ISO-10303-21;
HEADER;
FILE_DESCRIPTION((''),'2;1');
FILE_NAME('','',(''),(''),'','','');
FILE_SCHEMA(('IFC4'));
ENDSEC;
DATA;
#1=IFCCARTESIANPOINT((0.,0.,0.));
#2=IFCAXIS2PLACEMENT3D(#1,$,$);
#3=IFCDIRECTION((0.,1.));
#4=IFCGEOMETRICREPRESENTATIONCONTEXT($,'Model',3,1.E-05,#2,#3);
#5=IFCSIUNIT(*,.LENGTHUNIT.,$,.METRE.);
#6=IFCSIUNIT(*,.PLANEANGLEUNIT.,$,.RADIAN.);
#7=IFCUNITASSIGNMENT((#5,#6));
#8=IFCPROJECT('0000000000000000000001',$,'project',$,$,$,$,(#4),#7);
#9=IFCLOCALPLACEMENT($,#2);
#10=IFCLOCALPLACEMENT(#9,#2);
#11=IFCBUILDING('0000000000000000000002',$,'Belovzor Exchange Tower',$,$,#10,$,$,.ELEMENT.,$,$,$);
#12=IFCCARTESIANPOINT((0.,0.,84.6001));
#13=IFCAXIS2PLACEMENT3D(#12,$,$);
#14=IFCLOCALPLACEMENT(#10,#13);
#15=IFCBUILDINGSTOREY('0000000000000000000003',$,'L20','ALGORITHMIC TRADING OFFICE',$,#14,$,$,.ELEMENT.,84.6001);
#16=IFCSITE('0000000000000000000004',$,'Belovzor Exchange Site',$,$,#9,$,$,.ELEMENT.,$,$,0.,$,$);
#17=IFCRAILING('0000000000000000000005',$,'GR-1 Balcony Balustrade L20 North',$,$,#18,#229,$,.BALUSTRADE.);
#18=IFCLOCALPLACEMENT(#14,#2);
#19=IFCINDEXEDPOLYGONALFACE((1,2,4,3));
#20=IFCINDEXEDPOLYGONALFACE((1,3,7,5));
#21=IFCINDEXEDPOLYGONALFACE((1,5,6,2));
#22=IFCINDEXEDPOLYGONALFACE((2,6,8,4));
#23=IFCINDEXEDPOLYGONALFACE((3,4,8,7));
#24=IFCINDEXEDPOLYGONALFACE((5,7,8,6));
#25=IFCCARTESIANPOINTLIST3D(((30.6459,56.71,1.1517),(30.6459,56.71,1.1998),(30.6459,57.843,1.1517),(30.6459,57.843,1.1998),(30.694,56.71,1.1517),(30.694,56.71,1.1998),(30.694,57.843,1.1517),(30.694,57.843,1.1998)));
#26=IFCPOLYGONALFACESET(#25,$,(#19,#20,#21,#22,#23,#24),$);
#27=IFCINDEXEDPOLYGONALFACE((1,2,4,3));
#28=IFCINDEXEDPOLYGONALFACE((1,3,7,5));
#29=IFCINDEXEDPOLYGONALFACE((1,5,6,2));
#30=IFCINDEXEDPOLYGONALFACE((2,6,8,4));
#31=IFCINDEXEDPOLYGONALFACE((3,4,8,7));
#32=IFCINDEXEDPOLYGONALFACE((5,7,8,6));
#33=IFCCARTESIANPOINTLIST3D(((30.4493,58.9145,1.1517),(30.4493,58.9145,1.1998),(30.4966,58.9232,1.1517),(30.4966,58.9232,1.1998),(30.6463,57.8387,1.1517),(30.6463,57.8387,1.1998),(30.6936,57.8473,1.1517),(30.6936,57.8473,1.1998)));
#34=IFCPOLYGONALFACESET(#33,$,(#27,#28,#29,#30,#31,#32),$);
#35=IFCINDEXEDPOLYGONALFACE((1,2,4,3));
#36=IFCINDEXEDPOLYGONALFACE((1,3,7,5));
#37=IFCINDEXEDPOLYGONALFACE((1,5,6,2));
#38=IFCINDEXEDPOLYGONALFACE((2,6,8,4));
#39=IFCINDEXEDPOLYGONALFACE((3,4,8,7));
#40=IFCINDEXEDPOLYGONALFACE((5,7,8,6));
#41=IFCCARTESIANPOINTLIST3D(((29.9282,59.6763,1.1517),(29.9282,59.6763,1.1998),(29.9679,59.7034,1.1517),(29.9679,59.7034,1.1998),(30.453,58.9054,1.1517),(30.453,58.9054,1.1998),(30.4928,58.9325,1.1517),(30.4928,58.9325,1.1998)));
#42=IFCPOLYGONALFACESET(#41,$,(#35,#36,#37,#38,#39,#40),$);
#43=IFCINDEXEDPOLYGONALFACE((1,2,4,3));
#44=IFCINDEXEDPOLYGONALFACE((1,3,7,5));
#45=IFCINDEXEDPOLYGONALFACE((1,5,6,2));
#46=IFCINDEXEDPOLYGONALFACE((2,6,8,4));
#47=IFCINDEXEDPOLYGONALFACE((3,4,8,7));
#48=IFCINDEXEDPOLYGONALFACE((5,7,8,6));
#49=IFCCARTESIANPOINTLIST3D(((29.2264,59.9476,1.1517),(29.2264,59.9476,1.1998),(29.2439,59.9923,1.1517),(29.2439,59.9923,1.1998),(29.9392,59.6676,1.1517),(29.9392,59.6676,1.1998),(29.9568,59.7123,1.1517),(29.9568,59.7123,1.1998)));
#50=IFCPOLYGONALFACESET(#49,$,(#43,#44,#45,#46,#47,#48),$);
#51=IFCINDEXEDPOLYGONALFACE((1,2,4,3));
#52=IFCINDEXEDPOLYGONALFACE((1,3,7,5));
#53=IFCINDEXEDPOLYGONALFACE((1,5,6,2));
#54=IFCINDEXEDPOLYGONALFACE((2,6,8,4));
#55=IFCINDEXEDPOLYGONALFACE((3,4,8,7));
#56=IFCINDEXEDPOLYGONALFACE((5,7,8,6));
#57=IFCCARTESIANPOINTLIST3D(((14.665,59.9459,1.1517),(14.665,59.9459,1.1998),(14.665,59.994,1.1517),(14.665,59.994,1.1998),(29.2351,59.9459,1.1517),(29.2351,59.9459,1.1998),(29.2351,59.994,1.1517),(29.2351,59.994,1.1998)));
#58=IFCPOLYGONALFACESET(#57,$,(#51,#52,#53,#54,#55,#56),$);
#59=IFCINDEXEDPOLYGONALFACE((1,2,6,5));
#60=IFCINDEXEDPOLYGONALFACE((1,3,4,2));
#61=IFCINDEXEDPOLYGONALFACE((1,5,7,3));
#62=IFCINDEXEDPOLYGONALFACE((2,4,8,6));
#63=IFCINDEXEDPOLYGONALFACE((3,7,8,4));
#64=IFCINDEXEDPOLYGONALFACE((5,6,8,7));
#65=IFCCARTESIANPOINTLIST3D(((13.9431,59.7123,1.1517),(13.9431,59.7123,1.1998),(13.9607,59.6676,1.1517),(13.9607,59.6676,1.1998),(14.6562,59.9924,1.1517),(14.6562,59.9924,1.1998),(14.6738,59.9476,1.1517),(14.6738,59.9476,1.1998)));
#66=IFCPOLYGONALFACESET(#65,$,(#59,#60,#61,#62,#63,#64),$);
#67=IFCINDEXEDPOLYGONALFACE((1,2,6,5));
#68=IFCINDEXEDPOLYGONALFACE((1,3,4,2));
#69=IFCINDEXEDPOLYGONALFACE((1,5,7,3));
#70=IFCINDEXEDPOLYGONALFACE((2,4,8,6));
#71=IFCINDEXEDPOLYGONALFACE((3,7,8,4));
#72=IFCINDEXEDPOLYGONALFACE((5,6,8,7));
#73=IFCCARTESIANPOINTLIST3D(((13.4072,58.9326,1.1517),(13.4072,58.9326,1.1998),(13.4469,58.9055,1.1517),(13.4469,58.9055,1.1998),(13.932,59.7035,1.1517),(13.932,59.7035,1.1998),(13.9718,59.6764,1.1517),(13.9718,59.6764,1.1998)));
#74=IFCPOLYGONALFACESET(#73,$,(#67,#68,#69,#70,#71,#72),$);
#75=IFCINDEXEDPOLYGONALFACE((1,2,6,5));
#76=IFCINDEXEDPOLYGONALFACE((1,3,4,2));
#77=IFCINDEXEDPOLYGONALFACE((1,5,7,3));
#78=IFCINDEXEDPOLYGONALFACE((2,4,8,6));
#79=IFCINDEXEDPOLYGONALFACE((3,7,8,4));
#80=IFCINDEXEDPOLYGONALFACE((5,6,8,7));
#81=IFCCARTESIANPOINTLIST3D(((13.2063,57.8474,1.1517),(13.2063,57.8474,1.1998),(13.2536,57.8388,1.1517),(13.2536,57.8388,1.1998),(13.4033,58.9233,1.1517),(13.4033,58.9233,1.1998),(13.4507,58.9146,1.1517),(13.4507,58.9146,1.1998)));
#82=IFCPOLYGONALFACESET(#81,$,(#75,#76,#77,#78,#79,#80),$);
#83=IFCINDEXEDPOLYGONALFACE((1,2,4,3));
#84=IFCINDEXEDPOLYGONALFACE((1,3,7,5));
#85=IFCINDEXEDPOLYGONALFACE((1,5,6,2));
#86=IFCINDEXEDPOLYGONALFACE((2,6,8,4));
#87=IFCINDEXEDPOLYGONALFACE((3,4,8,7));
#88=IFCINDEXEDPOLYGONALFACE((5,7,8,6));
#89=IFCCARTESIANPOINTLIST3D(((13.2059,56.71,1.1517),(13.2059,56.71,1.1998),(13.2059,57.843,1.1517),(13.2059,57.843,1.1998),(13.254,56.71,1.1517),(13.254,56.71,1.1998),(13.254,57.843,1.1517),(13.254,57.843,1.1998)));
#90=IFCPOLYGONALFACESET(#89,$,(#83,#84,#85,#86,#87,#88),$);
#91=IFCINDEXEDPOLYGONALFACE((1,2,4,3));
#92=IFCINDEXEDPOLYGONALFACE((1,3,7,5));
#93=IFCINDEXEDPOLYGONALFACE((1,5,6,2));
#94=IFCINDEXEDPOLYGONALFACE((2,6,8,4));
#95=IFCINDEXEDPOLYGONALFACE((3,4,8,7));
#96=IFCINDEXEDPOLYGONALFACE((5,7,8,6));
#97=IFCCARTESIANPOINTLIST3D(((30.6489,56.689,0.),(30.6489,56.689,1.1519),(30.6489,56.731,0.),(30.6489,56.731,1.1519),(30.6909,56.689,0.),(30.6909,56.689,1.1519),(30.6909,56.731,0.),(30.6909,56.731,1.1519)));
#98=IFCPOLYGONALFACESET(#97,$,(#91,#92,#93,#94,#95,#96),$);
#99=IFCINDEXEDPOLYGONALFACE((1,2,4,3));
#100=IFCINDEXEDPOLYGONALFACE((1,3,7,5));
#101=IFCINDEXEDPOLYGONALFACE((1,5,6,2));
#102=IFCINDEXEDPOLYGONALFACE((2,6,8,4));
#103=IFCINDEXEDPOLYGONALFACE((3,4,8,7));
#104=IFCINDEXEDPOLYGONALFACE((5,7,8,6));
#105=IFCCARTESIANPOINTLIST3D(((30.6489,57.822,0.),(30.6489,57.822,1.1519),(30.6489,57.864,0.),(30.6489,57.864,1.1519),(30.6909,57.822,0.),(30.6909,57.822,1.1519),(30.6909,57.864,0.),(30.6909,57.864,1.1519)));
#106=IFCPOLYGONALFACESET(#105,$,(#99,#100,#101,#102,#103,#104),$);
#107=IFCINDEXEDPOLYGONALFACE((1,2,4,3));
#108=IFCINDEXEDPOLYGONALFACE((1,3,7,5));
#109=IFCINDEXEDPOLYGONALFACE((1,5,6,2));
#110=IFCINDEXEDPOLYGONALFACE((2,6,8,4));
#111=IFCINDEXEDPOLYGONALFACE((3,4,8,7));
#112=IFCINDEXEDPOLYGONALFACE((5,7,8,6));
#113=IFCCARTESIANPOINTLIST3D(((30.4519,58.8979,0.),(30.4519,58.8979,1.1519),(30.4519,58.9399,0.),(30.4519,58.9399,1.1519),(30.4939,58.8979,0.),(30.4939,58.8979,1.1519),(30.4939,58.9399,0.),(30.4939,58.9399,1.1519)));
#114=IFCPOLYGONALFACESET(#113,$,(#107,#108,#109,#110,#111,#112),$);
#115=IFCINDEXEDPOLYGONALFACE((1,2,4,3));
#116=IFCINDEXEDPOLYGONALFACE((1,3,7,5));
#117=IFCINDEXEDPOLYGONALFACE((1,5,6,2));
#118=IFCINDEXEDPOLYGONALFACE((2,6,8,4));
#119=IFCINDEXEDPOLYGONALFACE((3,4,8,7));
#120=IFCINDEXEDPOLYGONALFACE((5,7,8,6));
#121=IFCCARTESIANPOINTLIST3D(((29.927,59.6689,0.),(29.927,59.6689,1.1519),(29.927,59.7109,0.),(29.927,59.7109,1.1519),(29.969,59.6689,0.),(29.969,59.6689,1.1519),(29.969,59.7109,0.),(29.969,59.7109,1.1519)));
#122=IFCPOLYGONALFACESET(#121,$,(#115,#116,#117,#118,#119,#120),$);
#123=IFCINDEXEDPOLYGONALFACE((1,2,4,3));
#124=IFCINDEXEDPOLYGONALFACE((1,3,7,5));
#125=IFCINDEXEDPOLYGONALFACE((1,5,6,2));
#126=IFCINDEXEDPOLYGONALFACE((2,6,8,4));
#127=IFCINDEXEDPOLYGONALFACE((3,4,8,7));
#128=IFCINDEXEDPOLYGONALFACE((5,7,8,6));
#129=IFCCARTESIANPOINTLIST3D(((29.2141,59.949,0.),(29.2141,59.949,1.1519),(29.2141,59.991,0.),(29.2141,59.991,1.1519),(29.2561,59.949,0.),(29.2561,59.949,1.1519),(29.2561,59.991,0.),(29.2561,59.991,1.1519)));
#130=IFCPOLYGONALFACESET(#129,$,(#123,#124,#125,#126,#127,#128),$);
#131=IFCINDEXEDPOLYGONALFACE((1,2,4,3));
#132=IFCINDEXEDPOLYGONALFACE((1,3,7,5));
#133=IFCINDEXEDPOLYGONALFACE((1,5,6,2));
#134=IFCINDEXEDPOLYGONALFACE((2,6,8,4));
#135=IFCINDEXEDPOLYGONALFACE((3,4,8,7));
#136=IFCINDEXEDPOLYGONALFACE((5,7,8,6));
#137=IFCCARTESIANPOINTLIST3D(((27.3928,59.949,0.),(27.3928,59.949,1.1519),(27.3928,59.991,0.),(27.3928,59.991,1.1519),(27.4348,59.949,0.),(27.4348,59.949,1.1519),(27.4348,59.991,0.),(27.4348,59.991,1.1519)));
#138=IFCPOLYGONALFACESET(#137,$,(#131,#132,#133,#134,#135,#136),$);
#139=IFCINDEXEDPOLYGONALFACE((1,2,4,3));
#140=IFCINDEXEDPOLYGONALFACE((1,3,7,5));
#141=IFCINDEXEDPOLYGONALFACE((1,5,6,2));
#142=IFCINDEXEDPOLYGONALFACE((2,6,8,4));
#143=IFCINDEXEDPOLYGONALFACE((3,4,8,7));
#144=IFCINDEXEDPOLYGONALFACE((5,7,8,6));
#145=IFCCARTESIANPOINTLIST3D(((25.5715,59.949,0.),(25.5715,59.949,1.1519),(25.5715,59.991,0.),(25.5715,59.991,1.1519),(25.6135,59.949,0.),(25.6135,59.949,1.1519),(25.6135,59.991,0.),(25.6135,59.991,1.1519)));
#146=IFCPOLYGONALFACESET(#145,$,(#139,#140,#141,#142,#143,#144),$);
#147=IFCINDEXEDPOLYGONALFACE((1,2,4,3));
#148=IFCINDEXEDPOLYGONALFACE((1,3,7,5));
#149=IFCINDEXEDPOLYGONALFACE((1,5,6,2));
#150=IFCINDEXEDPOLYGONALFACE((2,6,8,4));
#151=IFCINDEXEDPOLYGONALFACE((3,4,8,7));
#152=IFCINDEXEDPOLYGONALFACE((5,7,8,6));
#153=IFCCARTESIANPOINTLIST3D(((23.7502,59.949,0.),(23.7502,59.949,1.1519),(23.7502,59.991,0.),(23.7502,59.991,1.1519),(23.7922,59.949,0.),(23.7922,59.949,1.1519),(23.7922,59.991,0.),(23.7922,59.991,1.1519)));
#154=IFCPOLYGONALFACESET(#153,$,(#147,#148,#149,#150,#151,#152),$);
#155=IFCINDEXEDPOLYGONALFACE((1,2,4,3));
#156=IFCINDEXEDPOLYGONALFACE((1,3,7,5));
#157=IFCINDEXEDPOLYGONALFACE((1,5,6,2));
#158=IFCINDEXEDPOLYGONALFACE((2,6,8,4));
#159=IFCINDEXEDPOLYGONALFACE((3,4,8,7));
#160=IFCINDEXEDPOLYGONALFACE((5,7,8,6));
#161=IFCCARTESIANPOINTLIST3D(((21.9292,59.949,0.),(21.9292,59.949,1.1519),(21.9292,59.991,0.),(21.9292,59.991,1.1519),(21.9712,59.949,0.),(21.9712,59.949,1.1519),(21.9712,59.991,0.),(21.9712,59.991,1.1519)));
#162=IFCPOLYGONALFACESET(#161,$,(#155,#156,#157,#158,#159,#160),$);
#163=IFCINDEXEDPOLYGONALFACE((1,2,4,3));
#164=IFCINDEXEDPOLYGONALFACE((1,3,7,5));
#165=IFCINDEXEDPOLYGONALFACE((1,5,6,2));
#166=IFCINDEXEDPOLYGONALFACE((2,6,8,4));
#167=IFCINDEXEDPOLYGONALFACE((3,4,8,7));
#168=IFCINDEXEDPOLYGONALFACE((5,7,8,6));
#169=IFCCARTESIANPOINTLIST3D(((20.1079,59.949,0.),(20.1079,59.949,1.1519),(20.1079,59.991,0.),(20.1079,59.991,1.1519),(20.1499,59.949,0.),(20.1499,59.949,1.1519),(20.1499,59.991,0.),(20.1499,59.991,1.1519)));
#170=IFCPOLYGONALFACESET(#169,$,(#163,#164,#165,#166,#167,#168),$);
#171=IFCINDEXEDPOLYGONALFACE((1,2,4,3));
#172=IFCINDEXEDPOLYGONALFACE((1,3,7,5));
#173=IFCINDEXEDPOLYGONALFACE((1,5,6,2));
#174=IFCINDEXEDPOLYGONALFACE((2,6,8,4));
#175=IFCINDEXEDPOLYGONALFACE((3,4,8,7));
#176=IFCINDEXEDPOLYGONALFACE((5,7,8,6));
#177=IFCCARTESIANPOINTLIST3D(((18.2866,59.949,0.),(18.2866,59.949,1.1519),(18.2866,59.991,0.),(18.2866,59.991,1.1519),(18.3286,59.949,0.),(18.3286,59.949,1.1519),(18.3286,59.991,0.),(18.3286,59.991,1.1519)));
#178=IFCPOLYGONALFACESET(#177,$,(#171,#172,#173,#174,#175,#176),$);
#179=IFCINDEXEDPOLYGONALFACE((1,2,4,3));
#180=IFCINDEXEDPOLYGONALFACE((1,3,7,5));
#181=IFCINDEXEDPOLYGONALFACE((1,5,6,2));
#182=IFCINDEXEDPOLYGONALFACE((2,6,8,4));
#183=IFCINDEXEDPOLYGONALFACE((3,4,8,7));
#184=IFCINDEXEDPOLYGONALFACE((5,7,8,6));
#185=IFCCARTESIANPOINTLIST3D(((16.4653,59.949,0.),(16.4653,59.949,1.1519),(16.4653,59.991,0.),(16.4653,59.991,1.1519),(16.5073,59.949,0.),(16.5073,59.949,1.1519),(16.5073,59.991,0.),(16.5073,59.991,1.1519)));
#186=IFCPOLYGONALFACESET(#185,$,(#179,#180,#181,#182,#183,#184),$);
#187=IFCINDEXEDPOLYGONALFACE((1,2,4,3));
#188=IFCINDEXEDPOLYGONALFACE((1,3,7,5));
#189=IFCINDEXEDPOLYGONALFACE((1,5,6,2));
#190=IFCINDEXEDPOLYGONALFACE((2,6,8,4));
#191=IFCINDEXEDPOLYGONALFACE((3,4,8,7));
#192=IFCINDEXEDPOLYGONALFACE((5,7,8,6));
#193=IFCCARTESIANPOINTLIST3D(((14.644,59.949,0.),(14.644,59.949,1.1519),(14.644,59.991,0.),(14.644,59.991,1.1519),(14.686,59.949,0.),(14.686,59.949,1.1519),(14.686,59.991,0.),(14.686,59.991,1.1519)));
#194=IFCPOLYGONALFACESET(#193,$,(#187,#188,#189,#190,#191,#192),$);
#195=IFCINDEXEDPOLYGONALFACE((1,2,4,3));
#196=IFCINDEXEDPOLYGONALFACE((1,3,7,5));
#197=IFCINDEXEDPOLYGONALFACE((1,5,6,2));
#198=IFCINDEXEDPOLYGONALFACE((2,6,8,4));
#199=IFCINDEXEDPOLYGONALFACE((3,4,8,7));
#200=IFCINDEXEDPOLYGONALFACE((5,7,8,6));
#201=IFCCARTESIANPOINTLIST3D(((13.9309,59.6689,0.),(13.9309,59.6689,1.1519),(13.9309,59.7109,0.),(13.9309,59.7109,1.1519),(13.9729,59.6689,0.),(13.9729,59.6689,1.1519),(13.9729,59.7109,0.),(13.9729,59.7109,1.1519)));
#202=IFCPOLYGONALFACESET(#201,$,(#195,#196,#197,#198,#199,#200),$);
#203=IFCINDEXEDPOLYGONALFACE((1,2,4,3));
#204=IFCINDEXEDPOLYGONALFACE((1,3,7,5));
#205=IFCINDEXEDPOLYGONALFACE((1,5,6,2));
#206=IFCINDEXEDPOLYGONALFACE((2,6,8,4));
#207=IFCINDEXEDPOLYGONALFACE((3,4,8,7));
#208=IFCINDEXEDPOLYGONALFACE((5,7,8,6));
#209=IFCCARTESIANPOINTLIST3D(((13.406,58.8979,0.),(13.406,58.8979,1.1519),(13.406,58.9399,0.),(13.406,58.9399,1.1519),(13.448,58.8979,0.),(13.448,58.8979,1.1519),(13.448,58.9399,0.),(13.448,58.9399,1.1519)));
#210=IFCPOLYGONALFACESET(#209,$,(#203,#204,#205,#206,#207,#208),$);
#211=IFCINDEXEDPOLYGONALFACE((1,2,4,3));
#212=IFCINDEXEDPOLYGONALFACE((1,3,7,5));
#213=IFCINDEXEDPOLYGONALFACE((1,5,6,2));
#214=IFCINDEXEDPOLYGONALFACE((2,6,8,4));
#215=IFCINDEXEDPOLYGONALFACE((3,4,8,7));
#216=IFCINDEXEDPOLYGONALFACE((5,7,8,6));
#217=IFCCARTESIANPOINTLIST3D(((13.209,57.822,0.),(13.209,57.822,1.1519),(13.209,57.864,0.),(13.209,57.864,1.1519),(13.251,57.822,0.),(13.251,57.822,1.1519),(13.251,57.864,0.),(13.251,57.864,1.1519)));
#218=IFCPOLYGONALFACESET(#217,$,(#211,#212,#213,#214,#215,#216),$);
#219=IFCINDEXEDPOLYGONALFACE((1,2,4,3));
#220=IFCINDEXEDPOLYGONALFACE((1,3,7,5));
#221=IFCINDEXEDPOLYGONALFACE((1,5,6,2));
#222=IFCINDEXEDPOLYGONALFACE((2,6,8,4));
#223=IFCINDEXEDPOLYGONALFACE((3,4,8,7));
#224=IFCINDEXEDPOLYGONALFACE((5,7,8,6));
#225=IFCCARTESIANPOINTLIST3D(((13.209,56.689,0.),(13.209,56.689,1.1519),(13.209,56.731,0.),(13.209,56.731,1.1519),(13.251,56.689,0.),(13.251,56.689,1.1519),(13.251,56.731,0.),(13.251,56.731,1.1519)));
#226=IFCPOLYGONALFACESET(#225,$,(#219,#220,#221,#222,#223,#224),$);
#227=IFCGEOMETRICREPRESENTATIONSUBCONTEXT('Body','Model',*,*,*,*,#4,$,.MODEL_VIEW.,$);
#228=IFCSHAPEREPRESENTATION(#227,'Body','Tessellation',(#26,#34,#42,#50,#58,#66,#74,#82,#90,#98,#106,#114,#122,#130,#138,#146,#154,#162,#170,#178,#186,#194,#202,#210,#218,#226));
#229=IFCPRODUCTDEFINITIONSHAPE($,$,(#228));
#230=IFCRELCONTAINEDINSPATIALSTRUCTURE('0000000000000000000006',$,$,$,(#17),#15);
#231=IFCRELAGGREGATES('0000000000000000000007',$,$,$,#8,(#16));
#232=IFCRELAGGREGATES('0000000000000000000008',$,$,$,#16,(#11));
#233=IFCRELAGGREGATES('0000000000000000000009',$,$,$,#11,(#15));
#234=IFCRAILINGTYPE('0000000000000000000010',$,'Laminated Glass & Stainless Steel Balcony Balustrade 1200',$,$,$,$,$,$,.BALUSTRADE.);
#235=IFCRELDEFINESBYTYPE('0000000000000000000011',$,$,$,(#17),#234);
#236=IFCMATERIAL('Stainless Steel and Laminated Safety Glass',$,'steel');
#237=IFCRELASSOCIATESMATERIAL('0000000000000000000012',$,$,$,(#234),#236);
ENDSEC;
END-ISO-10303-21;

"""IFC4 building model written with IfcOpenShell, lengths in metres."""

from ifc_helpers import new_model, si_unit, direction, frame, origin, origin_2d, place, context, subcontext, project, spatial, rectangle, extrude, material, type_object, element, save


model = new_model("IFC4")

# Units and contexts
model_context = context("Model", 3, precision=1e-05, world=origin(), true_north=direction((0.0, 1.0)))
body_context = subcontext(model_context, "Body", "Model", "MODEL_VIEW")
ifc_project = project(units=[si_unit("LENGTHUNIT", "METRE"), si_unit("PLANEANGLEUNIT", "RADIAN")], contexts=[model_context])

# Site, building, storey
site_placement = place(None, origin())
site = spatial("IfcSite", under=ifc_project, at=site_placement, Name="Belovzor Exchange Site", CompositionType="ELEMENT", RefElevation=0.0)
building_placement = place(site_placement, origin())
building = spatial("IfcBuilding", under=site, at=building_placement, Name="Belovzor Exchange Tower", CompositionType="ELEMENT")
storey_placement = place(building_placement, frame((0.0, 0.0, 84.6001)))
storey = spatial("IfcBuildingStorey", under=building, at=storey_placement, Name="L20", Description="ALGORITHMIC TRADING OFFICE", CompositionType="ELEMENT", Elevation=84.6001)

# Railing
ifc_material_1 = material(Name="Stainless Steel and Laminated Safety Glass", Category="steel")
railing_type = type_object("IfcRailingType", Name="Laminated Glass & Stainless Steel Balcony Balustrade 1200", PredefinedType="BALUSTRADE", material=ifc_material_1)
railing_placement = place(storey_placement, frame((30.6699, 56.71, 0.0)))
element("IfcRailing", 1, at=railing_placement, inside=storey, type_object=railing_type, Name="GR-1 Balcony Balustrade L20 North", PredefinedType="BALUSTRADE", context=body_context, shape_type="SweptSolid", body=[
    extrude(rectangle(XDim=0.0481, YDim=0.0481, at=origin_2d()), frame((0.0, 0.0, 1.1758), z_axis=(0.0, 1.0, 0.0), x_axis=(-1.0, 0.0, 0.0)), (0.0, 0.0, 1.0), 1.1331),
    extrude(rectangle(XDim=0.0481, YDim=0.0481, at=origin_2d()), frame((0.0, 1.1331, 1.1758), z_axis=(-0.180123, 0.983644, 0.0), x_axis=(-0.983644, -0.180123, 0.0)), (0.0, 0.0, 1.0), 1.0938),
    extrude(rectangle(XDim=0.0481, YDim=0.0481, at=origin_2d()), frame((-0.197, 2.209, 1.1758), z_axis=(-0.562768, 0.826615, 0.0), x_axis=(-0.826615, -0.562768, 0.0)), (0.0, 0.0, 1.0), 0.9326),
    extrude(rectangle(XDim=0.0481, YDim=0.0481, at=origin_2d()), frame((-0.7219, 2.98, 1.1758), z_axis=(-0.930767, 0.365613, 0.0), x_axis=(-0.365613, -0.930767, 0.0)), (0.0, 0.0, 1.0), 0.7659),
    extrude(rectangle(XDim=0.0481, YDim=0.0481, at=origin_2d()), frame((-1.4348, 3.26, 1.1758), z_axis=(-1.0, 0.0, 0.0), x_axis=(0.0, -1.0, 0.0)), (0.0, 0.0, 1.0), 14.5701),
    extrude(rectangle(XDim=0.0481, YDim=0.0481, at=origin_2d()), frame((-16.0049, 3.26, 1.1758), z_axis=(-0.93081, -0.365504, 0.0), x_axis=(0.365504, -0.93081, 0.0)), (0.0, 0.0, 1.0), 0.7661),
    extrude(rectangle(XDim=0.0481, YDim=0.0481, at=origin_2d()), frame((-16.718, 2.98, 1.1758), z_axis=(-0.562768, -0.826615, 0.0), x_axis=(0.826615, -0.562768, 0.0)), (0.0, 0.0, 1.0), 0.9326),
    extrude(rectangle(XDim=0.0481, YDim=0.0481, at=origin_2d()), frame((-17.2429, 2.209, 1.1758), z_axis=(-0.180123, -0.983644, 0.0), x_axis=(0.983644, -0.180123, 0.0)), (0.0, 0.0, 1.0), 1.0938),
    extrude(rectangle(XDim=0.0481, YDim=0.0481, at=origin_2d()), frame((-17.4399, 1.1331, 1.1758), z_axis=(0.0, -1.0, 0.0), x_axis=(1.0, 0.0, 0.0)), (0.0, 0.0, 1.0), 1.1331),
    extrude(rectangle(XDim=0.042, YDim=0.042, at=origin_2d()), origin(), (0.0, 0.0, 1.0), 1.1519),
    extrude(rectangle(XDim=0.042, YDim=0.042, at=origin_2d()), frame((0.0, 1.1331, 0.0)), (0.0, 0.0, 1.0), 1.1519),
    extrude(rectangle(XDim=0.042, YDim=0.042, at=origin_2d()), frame((-0.197, 2.209, 0.0)), (0.0, 0.0, 1.0), 1.1519),
    extrude(rectangle(XDim=0.042, YDim=0.042, at=origin_2d()), frame((-0.7219, 2.98, 0.0)), (0.0, 0.0, 1.0), 1.1519),
    extrude(rectangle(XDim=0.042, YDim=0.042, at=origin_2d()), frame((-1.4348, 3.26, 0.0)), (0.0, 0.0, 1.0), 1.1519),
    extrude(rectangle(XDim=0.042, YDim=0.042, at=origin_2d()), frame((-3.2561, 3.26, 0.0)), (0.0, 0.0, 1.0), 1.1519),
    extrude(rectangle(XDim=0.042, YDim=0.042, at=origin_2d()), frame((-5.0774, 3.26, 0.0)), (0.0, 0.0, 1.0), 1.1519),
    extrude(rectangle(XDim=0.042, YDim=0.042, at=origin_2d()), frame((-6.8987, 3.26, 0.0)), (0.0, 0.0, 1.0), 1.1519),
    extrude(rectangle(XDim=0.042, YDim=0.042, at=origin_2d()), frame((-8.7197, 3.26, 0.0)), (0.0, 0.0, 1.0), 1.1519),
    extrude(rectangle(XDim=0.042, YDim=0.042, at=origin_2d()), frame((-10.541, 3.26, 0.0)), (0.0, 0.0, 1.0), 1.1519),
    extrude(rectangle(XDim=0.042, YDim=0.042, at=origin_2d()), frame((-12.3623, 3.26, 0.0)), (0.0, 0.0, 1.0), 1.1519),
    extrude(rectangle(XDim=0.042, YDim=0.042, at=origin_2d()), frame((-14.1836, 3.26, 0.0)), (0.0, 0.0, 1.0), 1.1519),
    extrude(rectangle(XDim=0.042, YDim=0.042, at=origin_2d()), frame((-16.0049, 3.26, 0.0)), (0.0, 0.0, 1.0), 1.1519),
    extrude(rectangle(XDim=0.042, YDim=0.042, at=origin_2d()), frame((-16.718, 2.98, 0.0)), (0.0, 0.0, 1.0), 1.1519),
    extrude(rectangle(XDim=0.042, YDim=0.042, at=origin_2d()), frame((-17.2429, 2.209, 0.0)), (0.0, 0.0, 1.0), 1.1519),
    extrude(rectangle(XDim=0.042, YDim=0.042, at=origin_2d()), frame((-17.4399, 1.1331, 0.0)), (0.0, 0.0, 1.0), 1.1519),
    extrude(rectangle(XDim=0.042, YDim=0.042, at=origin_2d()), frame((-17.4399, 0.0, 0.0)), (0.0, 0.0, 1.0), 1.1519),
])

save(model, "model.ifc")
